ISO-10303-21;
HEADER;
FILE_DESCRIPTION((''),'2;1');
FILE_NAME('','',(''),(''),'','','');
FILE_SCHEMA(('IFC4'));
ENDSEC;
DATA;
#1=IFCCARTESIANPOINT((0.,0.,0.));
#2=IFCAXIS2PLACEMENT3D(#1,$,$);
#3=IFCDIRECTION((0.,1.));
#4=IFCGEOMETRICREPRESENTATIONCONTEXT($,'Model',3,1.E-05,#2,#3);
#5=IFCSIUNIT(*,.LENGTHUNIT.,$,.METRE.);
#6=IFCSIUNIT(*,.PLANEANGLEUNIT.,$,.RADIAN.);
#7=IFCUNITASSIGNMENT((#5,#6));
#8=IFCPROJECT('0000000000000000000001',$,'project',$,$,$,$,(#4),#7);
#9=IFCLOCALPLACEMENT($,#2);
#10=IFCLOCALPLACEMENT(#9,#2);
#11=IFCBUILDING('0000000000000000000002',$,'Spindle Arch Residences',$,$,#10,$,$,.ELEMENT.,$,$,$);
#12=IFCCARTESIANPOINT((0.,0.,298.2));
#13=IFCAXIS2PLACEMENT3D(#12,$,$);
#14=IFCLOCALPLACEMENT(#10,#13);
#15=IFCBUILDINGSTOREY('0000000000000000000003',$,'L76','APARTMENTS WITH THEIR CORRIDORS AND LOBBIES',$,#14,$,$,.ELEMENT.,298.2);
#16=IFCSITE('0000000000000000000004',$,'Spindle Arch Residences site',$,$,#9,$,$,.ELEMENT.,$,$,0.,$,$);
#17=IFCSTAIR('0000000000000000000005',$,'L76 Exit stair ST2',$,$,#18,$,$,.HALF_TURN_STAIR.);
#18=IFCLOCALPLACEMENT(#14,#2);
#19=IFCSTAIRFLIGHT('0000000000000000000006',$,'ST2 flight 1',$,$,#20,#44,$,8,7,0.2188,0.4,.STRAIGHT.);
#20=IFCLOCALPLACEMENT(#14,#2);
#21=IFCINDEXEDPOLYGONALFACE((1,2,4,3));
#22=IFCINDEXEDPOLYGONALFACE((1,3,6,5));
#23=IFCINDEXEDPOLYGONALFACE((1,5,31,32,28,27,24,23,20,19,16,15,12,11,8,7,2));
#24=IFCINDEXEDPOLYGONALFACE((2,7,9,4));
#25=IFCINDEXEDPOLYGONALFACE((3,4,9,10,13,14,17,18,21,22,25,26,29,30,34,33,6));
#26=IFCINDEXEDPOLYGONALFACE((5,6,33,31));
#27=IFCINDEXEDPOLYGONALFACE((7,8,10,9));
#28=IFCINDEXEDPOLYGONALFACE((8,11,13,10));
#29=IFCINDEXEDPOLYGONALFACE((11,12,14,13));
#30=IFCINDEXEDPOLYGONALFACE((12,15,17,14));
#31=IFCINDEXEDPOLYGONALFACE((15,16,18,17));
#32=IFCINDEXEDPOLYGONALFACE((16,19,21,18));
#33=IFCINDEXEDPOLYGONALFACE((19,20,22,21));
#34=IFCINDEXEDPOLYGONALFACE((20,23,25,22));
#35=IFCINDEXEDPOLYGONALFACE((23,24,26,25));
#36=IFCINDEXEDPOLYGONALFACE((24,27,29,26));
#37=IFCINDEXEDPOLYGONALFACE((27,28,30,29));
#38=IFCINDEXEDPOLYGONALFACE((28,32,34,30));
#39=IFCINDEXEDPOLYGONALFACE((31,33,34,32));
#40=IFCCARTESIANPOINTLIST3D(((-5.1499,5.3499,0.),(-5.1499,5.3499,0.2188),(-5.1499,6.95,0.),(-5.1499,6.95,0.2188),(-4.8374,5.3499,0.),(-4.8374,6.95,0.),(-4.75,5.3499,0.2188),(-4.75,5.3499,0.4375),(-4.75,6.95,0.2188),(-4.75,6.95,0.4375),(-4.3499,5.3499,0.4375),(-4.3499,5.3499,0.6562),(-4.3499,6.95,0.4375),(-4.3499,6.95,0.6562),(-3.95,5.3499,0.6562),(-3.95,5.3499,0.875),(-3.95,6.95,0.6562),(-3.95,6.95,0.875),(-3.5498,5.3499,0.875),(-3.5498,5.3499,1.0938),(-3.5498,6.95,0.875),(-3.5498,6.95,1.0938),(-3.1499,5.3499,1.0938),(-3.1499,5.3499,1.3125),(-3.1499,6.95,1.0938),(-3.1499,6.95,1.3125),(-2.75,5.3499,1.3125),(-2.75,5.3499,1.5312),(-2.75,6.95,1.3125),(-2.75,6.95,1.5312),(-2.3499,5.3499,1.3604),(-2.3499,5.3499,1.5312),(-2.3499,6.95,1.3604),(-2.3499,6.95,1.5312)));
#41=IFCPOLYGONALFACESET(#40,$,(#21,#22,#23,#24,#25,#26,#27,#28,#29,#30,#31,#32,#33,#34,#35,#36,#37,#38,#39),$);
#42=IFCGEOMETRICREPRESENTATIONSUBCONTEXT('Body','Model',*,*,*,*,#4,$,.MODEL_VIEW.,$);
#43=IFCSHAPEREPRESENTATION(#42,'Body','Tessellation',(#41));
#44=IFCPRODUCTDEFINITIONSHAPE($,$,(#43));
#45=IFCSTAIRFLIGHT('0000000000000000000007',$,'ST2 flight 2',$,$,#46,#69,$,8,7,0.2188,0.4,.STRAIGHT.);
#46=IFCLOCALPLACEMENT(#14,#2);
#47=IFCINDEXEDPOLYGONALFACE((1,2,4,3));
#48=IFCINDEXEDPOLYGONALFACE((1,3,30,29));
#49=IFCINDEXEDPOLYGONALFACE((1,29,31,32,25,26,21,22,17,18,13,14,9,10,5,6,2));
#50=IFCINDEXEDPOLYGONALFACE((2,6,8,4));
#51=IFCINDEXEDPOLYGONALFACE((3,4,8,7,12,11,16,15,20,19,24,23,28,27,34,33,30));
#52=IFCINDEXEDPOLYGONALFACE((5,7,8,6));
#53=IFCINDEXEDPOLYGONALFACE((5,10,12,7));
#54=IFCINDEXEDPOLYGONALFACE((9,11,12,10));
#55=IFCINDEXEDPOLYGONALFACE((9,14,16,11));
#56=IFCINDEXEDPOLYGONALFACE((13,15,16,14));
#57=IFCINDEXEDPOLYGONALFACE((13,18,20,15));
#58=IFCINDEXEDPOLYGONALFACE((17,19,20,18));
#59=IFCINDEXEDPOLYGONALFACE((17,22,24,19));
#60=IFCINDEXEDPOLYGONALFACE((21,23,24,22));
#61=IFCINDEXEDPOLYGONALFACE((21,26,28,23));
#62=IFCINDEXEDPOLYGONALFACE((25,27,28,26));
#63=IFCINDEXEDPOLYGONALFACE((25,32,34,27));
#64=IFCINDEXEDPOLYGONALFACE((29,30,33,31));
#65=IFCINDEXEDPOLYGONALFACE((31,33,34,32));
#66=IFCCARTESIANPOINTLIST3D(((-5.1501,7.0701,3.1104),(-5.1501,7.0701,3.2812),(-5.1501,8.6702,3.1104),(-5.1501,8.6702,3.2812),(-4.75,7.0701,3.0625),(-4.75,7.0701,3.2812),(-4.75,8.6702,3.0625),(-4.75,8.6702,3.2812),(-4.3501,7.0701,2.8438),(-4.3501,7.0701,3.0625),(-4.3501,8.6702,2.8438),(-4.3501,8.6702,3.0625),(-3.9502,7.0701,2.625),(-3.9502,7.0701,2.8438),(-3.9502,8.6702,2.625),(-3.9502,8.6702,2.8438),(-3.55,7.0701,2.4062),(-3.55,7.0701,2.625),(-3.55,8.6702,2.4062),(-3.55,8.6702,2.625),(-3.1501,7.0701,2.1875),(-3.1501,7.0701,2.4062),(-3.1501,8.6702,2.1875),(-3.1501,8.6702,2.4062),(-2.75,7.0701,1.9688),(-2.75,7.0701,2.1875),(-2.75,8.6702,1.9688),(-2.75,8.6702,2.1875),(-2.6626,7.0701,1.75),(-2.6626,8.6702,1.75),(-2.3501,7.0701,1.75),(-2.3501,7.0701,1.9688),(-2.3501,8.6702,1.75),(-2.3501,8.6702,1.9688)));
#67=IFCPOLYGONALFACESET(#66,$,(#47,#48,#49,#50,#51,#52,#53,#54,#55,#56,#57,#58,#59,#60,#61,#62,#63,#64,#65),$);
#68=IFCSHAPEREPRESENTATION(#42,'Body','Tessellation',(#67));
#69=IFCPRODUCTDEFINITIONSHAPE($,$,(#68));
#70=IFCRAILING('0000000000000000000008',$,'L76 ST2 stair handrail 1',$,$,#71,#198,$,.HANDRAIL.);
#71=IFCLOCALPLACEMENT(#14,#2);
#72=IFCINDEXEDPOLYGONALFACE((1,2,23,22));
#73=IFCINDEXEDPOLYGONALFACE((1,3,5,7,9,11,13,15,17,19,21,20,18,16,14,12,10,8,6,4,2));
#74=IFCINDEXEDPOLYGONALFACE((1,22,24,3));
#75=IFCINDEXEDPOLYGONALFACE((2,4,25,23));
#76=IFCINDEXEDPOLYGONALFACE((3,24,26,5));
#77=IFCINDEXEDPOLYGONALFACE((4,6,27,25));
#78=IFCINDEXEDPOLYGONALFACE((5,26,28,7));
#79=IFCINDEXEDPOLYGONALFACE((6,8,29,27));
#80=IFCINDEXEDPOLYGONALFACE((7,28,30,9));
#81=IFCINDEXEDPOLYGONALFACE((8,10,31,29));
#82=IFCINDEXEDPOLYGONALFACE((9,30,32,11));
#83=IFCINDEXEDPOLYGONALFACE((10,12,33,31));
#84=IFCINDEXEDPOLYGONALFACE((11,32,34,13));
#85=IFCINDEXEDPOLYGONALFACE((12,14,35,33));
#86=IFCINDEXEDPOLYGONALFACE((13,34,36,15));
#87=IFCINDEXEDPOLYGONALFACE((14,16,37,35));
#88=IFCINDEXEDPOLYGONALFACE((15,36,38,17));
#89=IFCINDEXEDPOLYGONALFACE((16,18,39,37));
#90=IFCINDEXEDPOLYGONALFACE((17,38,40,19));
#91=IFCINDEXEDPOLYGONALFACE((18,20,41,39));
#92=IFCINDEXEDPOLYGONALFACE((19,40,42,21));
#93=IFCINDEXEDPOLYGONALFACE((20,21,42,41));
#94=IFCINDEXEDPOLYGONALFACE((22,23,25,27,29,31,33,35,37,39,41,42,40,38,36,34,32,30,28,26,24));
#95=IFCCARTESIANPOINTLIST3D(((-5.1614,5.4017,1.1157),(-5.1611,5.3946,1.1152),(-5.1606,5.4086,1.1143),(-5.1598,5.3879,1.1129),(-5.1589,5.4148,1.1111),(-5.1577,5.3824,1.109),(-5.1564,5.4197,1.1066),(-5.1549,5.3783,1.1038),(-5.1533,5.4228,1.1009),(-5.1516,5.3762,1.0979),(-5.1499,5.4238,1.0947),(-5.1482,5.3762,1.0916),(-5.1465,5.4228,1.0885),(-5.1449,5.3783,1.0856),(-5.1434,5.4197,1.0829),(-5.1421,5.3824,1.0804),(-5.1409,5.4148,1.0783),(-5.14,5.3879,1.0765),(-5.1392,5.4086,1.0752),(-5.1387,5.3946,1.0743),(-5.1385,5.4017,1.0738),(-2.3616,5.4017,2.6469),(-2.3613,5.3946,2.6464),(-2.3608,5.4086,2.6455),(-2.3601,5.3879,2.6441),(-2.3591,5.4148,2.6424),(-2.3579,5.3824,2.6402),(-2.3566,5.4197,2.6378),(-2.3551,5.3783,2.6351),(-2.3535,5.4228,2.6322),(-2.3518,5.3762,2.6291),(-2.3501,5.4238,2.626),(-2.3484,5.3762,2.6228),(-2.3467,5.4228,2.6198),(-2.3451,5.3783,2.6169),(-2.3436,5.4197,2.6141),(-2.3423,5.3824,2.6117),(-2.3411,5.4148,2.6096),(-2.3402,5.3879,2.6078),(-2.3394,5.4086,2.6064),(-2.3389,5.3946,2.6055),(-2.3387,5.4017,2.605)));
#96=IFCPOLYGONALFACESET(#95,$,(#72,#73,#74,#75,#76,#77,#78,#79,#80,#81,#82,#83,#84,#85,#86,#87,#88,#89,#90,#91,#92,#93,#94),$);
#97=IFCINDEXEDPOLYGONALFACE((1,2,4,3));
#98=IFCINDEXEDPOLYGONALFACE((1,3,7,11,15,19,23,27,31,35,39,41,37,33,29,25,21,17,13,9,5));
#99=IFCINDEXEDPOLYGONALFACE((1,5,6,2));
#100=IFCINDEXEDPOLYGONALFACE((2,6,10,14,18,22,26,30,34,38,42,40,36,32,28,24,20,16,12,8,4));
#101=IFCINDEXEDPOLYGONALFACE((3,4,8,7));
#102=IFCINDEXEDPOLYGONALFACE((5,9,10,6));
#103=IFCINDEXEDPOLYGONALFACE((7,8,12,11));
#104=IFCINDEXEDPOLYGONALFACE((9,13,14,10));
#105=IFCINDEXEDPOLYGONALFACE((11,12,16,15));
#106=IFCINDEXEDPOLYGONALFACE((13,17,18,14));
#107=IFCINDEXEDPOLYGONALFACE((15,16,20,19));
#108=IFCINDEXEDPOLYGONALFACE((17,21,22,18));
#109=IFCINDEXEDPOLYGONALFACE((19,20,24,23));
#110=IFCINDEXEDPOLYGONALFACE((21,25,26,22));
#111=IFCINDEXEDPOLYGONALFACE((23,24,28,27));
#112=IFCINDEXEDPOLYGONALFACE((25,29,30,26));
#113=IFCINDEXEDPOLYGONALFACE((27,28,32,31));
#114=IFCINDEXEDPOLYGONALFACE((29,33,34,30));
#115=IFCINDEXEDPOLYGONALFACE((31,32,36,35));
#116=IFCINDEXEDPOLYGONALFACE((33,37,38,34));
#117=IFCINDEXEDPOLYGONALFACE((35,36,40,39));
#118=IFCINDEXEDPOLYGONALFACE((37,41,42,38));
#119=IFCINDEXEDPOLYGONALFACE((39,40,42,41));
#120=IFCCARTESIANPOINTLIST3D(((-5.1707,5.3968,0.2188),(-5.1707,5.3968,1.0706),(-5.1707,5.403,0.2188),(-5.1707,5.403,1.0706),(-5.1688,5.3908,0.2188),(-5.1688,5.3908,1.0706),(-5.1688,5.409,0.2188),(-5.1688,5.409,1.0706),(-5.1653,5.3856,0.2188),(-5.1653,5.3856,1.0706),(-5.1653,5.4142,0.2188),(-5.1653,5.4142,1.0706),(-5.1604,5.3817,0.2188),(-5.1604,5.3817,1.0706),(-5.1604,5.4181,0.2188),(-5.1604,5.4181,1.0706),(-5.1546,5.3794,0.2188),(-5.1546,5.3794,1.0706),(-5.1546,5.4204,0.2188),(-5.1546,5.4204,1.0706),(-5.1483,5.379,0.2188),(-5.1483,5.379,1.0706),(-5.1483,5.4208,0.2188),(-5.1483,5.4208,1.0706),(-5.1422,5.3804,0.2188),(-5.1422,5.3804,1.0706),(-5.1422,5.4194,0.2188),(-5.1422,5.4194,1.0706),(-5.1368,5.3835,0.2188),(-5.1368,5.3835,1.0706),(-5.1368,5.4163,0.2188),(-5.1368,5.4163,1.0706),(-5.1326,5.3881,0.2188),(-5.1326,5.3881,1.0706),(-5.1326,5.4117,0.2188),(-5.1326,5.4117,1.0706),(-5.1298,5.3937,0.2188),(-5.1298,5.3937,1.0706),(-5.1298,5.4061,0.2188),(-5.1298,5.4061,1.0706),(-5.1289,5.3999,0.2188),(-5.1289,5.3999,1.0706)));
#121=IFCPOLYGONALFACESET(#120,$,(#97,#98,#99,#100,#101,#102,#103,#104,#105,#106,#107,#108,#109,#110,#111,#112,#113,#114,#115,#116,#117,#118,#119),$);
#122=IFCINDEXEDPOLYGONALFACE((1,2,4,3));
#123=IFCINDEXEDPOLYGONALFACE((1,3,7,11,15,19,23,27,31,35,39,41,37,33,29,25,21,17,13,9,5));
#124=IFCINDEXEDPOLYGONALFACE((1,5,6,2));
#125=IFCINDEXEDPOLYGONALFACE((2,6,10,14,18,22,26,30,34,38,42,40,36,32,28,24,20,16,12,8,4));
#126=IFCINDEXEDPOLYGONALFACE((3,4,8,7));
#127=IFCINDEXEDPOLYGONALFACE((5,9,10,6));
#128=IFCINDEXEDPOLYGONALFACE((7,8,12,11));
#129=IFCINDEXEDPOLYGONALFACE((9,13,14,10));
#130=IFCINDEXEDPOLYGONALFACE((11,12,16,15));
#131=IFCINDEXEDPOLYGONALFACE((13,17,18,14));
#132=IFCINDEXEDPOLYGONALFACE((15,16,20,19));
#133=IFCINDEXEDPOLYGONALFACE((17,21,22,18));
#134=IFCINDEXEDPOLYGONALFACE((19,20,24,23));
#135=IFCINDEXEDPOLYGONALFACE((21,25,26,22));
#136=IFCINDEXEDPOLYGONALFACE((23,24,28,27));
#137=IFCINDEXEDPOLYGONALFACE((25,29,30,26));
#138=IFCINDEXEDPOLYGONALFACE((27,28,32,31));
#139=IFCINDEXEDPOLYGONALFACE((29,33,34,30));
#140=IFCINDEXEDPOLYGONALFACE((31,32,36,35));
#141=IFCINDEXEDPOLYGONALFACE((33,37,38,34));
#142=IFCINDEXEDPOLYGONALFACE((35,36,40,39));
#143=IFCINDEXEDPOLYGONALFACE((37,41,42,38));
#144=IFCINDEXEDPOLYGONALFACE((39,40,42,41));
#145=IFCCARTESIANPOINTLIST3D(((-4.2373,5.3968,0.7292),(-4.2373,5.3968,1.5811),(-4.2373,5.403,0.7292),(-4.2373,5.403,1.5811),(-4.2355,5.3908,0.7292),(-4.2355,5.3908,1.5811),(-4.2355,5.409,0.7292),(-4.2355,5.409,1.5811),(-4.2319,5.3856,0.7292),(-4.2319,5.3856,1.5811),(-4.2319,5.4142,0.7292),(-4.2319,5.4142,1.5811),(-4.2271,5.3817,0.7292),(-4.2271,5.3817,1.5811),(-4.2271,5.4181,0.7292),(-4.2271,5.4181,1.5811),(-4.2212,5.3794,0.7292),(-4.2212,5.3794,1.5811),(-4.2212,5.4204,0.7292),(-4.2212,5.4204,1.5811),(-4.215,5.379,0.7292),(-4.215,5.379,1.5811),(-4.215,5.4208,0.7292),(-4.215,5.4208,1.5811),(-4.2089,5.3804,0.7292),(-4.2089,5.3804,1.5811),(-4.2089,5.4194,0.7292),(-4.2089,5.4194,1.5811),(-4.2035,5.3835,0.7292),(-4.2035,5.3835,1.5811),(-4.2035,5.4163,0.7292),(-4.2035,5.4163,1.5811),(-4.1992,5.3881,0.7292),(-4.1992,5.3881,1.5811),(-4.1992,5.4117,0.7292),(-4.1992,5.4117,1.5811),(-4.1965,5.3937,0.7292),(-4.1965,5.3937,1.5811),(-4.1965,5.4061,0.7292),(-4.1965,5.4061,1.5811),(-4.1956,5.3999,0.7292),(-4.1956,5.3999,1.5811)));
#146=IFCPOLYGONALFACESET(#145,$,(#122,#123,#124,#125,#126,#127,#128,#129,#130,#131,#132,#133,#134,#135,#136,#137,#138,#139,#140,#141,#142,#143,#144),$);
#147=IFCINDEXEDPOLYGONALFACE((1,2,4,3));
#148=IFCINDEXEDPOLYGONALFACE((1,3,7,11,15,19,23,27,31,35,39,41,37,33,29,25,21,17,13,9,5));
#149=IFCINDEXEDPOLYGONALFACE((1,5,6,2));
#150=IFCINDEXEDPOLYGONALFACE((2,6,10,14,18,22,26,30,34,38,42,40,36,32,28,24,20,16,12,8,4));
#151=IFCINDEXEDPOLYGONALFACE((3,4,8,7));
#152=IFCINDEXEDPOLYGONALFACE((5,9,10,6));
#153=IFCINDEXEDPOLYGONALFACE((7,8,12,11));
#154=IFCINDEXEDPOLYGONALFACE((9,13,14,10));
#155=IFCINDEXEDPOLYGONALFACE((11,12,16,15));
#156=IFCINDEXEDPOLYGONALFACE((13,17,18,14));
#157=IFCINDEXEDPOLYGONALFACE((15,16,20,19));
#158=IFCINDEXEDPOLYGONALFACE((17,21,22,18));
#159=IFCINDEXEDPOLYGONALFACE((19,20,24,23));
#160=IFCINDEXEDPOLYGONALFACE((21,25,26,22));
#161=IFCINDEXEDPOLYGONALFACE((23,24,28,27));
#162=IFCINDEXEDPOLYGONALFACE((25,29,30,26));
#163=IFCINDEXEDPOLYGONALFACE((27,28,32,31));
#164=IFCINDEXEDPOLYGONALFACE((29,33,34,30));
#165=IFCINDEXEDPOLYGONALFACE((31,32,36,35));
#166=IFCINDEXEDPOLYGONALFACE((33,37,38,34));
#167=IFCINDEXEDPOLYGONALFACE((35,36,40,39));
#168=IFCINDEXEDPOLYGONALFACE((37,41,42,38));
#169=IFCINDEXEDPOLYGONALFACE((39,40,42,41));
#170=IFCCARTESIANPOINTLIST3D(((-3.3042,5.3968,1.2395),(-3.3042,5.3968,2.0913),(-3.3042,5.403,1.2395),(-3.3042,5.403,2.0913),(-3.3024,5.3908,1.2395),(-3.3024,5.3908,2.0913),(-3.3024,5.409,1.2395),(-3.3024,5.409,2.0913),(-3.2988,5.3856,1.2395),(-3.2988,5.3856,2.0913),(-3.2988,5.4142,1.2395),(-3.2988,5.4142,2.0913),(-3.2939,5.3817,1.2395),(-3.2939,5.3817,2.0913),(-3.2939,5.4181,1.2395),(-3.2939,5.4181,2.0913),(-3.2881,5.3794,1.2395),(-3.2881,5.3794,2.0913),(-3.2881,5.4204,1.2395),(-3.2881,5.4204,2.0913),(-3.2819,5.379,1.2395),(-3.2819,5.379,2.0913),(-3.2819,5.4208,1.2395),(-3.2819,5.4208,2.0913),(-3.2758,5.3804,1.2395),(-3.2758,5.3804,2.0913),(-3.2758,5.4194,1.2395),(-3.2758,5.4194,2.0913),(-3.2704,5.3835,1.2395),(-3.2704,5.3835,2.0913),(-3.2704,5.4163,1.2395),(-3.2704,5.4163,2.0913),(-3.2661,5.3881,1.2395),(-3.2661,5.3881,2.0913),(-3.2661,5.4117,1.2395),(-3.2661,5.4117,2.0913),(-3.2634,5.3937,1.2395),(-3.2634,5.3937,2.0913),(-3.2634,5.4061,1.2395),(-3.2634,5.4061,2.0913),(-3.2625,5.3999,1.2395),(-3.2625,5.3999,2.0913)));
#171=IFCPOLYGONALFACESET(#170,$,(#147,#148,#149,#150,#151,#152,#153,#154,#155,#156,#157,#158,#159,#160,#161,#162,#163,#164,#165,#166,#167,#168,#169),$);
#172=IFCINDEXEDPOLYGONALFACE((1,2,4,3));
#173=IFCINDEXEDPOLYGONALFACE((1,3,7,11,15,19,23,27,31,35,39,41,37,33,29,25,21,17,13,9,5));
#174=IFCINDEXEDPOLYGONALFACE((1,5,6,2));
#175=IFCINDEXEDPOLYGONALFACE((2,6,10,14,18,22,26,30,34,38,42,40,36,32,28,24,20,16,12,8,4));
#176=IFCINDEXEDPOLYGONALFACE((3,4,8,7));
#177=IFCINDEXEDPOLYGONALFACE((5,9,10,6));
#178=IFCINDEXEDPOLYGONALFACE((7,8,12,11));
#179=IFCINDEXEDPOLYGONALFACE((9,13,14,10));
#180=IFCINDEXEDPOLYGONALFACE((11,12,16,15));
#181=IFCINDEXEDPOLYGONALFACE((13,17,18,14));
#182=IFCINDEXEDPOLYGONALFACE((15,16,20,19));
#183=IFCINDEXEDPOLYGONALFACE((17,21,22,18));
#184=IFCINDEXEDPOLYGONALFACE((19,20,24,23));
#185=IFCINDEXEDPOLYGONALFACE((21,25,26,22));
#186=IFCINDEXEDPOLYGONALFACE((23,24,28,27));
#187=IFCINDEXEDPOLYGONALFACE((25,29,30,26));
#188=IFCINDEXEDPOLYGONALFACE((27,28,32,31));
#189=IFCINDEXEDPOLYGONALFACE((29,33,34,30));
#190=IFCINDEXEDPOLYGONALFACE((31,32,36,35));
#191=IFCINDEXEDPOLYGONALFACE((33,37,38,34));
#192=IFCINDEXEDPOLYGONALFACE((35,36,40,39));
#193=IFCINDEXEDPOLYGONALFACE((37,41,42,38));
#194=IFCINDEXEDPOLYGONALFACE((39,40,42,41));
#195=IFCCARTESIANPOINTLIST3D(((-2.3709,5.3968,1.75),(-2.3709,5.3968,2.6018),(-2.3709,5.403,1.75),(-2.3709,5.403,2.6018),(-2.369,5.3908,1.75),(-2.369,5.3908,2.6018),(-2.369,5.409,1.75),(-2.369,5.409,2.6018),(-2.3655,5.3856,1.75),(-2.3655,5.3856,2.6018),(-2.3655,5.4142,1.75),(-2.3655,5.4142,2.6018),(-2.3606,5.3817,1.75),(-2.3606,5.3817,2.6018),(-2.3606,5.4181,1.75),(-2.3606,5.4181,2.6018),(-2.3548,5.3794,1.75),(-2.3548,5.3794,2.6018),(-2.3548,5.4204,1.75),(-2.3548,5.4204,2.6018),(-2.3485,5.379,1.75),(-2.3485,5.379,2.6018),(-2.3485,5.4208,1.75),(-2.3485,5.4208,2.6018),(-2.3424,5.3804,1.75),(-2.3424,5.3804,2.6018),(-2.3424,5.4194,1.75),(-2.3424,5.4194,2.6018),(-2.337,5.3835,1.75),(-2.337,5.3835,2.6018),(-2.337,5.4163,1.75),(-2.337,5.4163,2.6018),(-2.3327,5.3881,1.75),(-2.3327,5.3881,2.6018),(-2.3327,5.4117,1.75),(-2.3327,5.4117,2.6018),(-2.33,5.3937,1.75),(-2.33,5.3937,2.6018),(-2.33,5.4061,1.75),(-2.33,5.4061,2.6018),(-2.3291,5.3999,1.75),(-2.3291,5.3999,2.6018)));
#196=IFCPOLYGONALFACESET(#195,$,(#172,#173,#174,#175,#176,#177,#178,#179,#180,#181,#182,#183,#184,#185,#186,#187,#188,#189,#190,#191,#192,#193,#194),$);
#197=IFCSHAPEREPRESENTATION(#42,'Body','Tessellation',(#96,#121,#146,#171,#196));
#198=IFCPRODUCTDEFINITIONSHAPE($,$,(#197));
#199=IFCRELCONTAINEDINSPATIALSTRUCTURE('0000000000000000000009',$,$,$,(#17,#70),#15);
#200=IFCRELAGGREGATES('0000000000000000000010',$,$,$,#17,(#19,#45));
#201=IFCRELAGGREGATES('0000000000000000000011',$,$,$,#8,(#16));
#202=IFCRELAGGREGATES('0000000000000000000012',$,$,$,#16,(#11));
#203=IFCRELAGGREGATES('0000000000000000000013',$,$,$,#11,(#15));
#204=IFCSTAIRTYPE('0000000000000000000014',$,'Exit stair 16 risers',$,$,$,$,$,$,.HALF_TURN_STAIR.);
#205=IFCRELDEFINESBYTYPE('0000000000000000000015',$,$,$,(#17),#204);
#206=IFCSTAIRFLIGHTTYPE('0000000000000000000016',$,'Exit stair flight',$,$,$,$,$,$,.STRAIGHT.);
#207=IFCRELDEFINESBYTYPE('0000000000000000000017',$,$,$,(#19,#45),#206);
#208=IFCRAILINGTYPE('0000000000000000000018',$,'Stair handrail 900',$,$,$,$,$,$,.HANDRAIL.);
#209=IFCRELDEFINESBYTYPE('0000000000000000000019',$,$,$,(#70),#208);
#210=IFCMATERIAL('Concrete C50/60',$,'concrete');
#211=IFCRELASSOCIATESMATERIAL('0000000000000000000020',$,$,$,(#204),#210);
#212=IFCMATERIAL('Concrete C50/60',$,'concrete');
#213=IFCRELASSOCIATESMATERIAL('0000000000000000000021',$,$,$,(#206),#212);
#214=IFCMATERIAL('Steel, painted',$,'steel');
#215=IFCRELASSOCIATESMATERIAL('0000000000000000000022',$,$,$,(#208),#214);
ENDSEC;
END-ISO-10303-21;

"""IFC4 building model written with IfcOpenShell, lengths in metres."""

from ifc_helpers import new_model, si_unit, direction, frame, origin, origin_2d, place, context, subcontext, project, spatial, polyline, circle, outline, extrude, material, type_object, element, aggregate, save


model = new_model("IFC4")

# Units and contexts
model_context = context("Model", 3, precision=1e-05, world=origin(), true_north=direction((0.0, 1.0)))
body_context = subcontext(model_context, "Body", "Model", "MODEL_VIEW")
ifc_project = project(units=[si_unit("LENGTHUNIT", "METRE"), si_unit("PLANEANGLEUNIT", "RADIAN")], contexts=[model_context])

# Site, building, storey
site_placement = place(None, origin())
site = spatial("IfcSite", under=ifc_project, at=site_placement, Name="Spindle Arch Residences site", CompositionType="ELEMENT", RefElevation=0.0)
building_placement = place(site_placement, origin())
building = spatial("IfcBuilding", under=site, at=building_placement, Name="Spindle Arch Residences", CompositionType="ELEMENT")
storey_placement = place(building_placement, frame((0.0, 0.0, 298.2)))
storey = spatial("IfcBuildingStorey", under=building, at=storey_placement, Name="L76", Description="APARTMENTS WITH THEIR CORRIDORS AND LOBBIES", CompositionType="ELEMENT", Elevation=298.2)

# Stair, stair flights
ifc_material_1 = material(Name="Concrete C50/60", Category="concrete")
stair_type = type_object("IfcStairType", Name="Exit stair 16 risers", PredefinedType="HALF_TURN_STAIR", material=ifc_material_1)
stair_placement = place(storey_placement, origin())
stair = element("IfcStair", 1, at=stair_placement, inside=storey, type_object=stair_type, Name="L76 Exit stair ST2", PredefinedType="HALF_TURN_STAIR")
ifc_material_2 = material(Name="Concrete C50/60", Category="concrete")
stair_flight_type = type_object("IfcStairFlightType", Name="Exit stair flight", PredefinedType="STRAIGHT", material=ifc_material_2)
stair_flight_1_placement = place(storey_placement, frame((-5.1499, 6.1499, 0.0), z_axis=(0.0, 0.0, 1.0), x_axis=(1.0, 0.0, 0.0)))
stair_flight_1 = element("IfcStairFlight", 2, at=stair_flight_1_placement, type_object=stair_flight_type, Name="ST2 flight 1", NumberOfRisers=8, NumberOfTreads=7, PredefinedType="STRAIGHT", RiserHeight=0.2188, TreadLength=0.4, context=body_context, shape_type="SweptSolid", body=[
    extrude(outline(polyline([(0.0, 0.0), (0.0, 0.2188), (0.3999, 0.2188), (0.3999, 0.4375), (0.8, 0.4375), (0.8, 0.6562), (1.2, 0.6562), (1.2, 0.875), (1.6001, 0.875), (1.6001, 1.0938), (2.0, 1.0938), (2.0, 1.3125), (2.3999, 1.3125), (2.3999, 1.5312), (2.8, 1.5312), (2.8, 1.75), (2.8, 1.3604), (0.3125, 0.0), (0.0, 0.0)])), frame((0.0, 0.8, 0.0), z_axis=(0.0, -1.0, 0.0), x_axis=(1.0, 0.0, 0.0)), (0.0, 0.0, 1.0), 1.6001),
])
stair_flight_2_placement = place(storey_placement, frame((-2.3501, 7.8701, 1.75), z_axis=(0.0, 0.0, 1.0), x_axis=(-1.0, 0.0, 0.0)))
stair_flight_2 = element("IfcStairFlight", 3, at=stair_flight_2_placement, type_object=stair_flight_type, Name="ST2 flight 2", NumberOfRisers=8, NumberOfTreads=7, PredefinedType="STRAIGHT", RiserHeight=0.2188, TreadLength=0.4, context=body_context, shape_type="SweptSolid", body=[
    extrude(outline(polyline([(0.0, 0.0), (0.0, 0.2188), (0.3999, 0.2188), (0.3999, 0.4375), (0.8, 0.4375), (0.8, 0.6562), (1.2, 0.6562), (1.2, 0.875), (1.6001, 0.875), (1.6001, 1.0938), (2.0, 1.0938), (2.0, 1.3125), (2.3999, 1.3125), (2.3999, 1.5312), (2.8, 1.5312), (2.8, 1.75), (2.8, 1.3604), (0.3125, 0.0), (0.0, 0.0)])), frame((0.0, 0.8, 0.0), z_axis=(0.0, -1.0, 0.0), x_axis=(1.0, 0.0, 0.0)), (0.0, 0.0, 1.0), 1.6001),
])
aggregate(stair, [stair_flight_1, stair_flight_2])

# Railing
ifc_material_3 = material(Name="Steel, painted", Category="steel")
railing_type_1 = type_object("IfcRailingType", Name="Stair handrail 900", PredefinedType="HANDRAIL", material=ifc_material_3)
railing_1_placement = place(storey_placement, frame((-5.1499, 5.3999, 0.2188)))
element("IfcRailing", 4, at=railing_1_placement, inside=storey, type_object=railing_type_1, Name="L76 ST2 stair handrail 1", PredefinedType="HANDRAIL", context=body_context, shape_type="SweptSolid", body=[
    extrude(circle(Radius=0.0239, at=origin_2d()), frame((0.0, 0.0, 0.876), z_axis=(0.877357, 0.0, 0.479838), x_axis=(0.0, 1.0, 0.0)), (0.0, 0.0, 1.0), 3.1912),
    extrude(circle(Radius=0.021, at=origin_2d()), origin(), (0.0, 0.0, 1.0), 0.8518),
    extrude(circle(Radius=0.021, at=origin_2d()), frame((0.9333, 0.0, 0.5105)), (0.0, 0.0, 1.0), 0.8518),
    extrude(circle(Radius=0.021, at=origin_2d()), frame((1.8665, 0.0, 1.0208)), (0.0, 0.0, 1.0), 0.8518),
    extrude(circle(Radius=0.021, at=origin_2d()), frame((2.7998, 0.0, 1.5312)), (0.0, 0.0, 1.0), 0.8518),
])

save(model, "model.ifc")
